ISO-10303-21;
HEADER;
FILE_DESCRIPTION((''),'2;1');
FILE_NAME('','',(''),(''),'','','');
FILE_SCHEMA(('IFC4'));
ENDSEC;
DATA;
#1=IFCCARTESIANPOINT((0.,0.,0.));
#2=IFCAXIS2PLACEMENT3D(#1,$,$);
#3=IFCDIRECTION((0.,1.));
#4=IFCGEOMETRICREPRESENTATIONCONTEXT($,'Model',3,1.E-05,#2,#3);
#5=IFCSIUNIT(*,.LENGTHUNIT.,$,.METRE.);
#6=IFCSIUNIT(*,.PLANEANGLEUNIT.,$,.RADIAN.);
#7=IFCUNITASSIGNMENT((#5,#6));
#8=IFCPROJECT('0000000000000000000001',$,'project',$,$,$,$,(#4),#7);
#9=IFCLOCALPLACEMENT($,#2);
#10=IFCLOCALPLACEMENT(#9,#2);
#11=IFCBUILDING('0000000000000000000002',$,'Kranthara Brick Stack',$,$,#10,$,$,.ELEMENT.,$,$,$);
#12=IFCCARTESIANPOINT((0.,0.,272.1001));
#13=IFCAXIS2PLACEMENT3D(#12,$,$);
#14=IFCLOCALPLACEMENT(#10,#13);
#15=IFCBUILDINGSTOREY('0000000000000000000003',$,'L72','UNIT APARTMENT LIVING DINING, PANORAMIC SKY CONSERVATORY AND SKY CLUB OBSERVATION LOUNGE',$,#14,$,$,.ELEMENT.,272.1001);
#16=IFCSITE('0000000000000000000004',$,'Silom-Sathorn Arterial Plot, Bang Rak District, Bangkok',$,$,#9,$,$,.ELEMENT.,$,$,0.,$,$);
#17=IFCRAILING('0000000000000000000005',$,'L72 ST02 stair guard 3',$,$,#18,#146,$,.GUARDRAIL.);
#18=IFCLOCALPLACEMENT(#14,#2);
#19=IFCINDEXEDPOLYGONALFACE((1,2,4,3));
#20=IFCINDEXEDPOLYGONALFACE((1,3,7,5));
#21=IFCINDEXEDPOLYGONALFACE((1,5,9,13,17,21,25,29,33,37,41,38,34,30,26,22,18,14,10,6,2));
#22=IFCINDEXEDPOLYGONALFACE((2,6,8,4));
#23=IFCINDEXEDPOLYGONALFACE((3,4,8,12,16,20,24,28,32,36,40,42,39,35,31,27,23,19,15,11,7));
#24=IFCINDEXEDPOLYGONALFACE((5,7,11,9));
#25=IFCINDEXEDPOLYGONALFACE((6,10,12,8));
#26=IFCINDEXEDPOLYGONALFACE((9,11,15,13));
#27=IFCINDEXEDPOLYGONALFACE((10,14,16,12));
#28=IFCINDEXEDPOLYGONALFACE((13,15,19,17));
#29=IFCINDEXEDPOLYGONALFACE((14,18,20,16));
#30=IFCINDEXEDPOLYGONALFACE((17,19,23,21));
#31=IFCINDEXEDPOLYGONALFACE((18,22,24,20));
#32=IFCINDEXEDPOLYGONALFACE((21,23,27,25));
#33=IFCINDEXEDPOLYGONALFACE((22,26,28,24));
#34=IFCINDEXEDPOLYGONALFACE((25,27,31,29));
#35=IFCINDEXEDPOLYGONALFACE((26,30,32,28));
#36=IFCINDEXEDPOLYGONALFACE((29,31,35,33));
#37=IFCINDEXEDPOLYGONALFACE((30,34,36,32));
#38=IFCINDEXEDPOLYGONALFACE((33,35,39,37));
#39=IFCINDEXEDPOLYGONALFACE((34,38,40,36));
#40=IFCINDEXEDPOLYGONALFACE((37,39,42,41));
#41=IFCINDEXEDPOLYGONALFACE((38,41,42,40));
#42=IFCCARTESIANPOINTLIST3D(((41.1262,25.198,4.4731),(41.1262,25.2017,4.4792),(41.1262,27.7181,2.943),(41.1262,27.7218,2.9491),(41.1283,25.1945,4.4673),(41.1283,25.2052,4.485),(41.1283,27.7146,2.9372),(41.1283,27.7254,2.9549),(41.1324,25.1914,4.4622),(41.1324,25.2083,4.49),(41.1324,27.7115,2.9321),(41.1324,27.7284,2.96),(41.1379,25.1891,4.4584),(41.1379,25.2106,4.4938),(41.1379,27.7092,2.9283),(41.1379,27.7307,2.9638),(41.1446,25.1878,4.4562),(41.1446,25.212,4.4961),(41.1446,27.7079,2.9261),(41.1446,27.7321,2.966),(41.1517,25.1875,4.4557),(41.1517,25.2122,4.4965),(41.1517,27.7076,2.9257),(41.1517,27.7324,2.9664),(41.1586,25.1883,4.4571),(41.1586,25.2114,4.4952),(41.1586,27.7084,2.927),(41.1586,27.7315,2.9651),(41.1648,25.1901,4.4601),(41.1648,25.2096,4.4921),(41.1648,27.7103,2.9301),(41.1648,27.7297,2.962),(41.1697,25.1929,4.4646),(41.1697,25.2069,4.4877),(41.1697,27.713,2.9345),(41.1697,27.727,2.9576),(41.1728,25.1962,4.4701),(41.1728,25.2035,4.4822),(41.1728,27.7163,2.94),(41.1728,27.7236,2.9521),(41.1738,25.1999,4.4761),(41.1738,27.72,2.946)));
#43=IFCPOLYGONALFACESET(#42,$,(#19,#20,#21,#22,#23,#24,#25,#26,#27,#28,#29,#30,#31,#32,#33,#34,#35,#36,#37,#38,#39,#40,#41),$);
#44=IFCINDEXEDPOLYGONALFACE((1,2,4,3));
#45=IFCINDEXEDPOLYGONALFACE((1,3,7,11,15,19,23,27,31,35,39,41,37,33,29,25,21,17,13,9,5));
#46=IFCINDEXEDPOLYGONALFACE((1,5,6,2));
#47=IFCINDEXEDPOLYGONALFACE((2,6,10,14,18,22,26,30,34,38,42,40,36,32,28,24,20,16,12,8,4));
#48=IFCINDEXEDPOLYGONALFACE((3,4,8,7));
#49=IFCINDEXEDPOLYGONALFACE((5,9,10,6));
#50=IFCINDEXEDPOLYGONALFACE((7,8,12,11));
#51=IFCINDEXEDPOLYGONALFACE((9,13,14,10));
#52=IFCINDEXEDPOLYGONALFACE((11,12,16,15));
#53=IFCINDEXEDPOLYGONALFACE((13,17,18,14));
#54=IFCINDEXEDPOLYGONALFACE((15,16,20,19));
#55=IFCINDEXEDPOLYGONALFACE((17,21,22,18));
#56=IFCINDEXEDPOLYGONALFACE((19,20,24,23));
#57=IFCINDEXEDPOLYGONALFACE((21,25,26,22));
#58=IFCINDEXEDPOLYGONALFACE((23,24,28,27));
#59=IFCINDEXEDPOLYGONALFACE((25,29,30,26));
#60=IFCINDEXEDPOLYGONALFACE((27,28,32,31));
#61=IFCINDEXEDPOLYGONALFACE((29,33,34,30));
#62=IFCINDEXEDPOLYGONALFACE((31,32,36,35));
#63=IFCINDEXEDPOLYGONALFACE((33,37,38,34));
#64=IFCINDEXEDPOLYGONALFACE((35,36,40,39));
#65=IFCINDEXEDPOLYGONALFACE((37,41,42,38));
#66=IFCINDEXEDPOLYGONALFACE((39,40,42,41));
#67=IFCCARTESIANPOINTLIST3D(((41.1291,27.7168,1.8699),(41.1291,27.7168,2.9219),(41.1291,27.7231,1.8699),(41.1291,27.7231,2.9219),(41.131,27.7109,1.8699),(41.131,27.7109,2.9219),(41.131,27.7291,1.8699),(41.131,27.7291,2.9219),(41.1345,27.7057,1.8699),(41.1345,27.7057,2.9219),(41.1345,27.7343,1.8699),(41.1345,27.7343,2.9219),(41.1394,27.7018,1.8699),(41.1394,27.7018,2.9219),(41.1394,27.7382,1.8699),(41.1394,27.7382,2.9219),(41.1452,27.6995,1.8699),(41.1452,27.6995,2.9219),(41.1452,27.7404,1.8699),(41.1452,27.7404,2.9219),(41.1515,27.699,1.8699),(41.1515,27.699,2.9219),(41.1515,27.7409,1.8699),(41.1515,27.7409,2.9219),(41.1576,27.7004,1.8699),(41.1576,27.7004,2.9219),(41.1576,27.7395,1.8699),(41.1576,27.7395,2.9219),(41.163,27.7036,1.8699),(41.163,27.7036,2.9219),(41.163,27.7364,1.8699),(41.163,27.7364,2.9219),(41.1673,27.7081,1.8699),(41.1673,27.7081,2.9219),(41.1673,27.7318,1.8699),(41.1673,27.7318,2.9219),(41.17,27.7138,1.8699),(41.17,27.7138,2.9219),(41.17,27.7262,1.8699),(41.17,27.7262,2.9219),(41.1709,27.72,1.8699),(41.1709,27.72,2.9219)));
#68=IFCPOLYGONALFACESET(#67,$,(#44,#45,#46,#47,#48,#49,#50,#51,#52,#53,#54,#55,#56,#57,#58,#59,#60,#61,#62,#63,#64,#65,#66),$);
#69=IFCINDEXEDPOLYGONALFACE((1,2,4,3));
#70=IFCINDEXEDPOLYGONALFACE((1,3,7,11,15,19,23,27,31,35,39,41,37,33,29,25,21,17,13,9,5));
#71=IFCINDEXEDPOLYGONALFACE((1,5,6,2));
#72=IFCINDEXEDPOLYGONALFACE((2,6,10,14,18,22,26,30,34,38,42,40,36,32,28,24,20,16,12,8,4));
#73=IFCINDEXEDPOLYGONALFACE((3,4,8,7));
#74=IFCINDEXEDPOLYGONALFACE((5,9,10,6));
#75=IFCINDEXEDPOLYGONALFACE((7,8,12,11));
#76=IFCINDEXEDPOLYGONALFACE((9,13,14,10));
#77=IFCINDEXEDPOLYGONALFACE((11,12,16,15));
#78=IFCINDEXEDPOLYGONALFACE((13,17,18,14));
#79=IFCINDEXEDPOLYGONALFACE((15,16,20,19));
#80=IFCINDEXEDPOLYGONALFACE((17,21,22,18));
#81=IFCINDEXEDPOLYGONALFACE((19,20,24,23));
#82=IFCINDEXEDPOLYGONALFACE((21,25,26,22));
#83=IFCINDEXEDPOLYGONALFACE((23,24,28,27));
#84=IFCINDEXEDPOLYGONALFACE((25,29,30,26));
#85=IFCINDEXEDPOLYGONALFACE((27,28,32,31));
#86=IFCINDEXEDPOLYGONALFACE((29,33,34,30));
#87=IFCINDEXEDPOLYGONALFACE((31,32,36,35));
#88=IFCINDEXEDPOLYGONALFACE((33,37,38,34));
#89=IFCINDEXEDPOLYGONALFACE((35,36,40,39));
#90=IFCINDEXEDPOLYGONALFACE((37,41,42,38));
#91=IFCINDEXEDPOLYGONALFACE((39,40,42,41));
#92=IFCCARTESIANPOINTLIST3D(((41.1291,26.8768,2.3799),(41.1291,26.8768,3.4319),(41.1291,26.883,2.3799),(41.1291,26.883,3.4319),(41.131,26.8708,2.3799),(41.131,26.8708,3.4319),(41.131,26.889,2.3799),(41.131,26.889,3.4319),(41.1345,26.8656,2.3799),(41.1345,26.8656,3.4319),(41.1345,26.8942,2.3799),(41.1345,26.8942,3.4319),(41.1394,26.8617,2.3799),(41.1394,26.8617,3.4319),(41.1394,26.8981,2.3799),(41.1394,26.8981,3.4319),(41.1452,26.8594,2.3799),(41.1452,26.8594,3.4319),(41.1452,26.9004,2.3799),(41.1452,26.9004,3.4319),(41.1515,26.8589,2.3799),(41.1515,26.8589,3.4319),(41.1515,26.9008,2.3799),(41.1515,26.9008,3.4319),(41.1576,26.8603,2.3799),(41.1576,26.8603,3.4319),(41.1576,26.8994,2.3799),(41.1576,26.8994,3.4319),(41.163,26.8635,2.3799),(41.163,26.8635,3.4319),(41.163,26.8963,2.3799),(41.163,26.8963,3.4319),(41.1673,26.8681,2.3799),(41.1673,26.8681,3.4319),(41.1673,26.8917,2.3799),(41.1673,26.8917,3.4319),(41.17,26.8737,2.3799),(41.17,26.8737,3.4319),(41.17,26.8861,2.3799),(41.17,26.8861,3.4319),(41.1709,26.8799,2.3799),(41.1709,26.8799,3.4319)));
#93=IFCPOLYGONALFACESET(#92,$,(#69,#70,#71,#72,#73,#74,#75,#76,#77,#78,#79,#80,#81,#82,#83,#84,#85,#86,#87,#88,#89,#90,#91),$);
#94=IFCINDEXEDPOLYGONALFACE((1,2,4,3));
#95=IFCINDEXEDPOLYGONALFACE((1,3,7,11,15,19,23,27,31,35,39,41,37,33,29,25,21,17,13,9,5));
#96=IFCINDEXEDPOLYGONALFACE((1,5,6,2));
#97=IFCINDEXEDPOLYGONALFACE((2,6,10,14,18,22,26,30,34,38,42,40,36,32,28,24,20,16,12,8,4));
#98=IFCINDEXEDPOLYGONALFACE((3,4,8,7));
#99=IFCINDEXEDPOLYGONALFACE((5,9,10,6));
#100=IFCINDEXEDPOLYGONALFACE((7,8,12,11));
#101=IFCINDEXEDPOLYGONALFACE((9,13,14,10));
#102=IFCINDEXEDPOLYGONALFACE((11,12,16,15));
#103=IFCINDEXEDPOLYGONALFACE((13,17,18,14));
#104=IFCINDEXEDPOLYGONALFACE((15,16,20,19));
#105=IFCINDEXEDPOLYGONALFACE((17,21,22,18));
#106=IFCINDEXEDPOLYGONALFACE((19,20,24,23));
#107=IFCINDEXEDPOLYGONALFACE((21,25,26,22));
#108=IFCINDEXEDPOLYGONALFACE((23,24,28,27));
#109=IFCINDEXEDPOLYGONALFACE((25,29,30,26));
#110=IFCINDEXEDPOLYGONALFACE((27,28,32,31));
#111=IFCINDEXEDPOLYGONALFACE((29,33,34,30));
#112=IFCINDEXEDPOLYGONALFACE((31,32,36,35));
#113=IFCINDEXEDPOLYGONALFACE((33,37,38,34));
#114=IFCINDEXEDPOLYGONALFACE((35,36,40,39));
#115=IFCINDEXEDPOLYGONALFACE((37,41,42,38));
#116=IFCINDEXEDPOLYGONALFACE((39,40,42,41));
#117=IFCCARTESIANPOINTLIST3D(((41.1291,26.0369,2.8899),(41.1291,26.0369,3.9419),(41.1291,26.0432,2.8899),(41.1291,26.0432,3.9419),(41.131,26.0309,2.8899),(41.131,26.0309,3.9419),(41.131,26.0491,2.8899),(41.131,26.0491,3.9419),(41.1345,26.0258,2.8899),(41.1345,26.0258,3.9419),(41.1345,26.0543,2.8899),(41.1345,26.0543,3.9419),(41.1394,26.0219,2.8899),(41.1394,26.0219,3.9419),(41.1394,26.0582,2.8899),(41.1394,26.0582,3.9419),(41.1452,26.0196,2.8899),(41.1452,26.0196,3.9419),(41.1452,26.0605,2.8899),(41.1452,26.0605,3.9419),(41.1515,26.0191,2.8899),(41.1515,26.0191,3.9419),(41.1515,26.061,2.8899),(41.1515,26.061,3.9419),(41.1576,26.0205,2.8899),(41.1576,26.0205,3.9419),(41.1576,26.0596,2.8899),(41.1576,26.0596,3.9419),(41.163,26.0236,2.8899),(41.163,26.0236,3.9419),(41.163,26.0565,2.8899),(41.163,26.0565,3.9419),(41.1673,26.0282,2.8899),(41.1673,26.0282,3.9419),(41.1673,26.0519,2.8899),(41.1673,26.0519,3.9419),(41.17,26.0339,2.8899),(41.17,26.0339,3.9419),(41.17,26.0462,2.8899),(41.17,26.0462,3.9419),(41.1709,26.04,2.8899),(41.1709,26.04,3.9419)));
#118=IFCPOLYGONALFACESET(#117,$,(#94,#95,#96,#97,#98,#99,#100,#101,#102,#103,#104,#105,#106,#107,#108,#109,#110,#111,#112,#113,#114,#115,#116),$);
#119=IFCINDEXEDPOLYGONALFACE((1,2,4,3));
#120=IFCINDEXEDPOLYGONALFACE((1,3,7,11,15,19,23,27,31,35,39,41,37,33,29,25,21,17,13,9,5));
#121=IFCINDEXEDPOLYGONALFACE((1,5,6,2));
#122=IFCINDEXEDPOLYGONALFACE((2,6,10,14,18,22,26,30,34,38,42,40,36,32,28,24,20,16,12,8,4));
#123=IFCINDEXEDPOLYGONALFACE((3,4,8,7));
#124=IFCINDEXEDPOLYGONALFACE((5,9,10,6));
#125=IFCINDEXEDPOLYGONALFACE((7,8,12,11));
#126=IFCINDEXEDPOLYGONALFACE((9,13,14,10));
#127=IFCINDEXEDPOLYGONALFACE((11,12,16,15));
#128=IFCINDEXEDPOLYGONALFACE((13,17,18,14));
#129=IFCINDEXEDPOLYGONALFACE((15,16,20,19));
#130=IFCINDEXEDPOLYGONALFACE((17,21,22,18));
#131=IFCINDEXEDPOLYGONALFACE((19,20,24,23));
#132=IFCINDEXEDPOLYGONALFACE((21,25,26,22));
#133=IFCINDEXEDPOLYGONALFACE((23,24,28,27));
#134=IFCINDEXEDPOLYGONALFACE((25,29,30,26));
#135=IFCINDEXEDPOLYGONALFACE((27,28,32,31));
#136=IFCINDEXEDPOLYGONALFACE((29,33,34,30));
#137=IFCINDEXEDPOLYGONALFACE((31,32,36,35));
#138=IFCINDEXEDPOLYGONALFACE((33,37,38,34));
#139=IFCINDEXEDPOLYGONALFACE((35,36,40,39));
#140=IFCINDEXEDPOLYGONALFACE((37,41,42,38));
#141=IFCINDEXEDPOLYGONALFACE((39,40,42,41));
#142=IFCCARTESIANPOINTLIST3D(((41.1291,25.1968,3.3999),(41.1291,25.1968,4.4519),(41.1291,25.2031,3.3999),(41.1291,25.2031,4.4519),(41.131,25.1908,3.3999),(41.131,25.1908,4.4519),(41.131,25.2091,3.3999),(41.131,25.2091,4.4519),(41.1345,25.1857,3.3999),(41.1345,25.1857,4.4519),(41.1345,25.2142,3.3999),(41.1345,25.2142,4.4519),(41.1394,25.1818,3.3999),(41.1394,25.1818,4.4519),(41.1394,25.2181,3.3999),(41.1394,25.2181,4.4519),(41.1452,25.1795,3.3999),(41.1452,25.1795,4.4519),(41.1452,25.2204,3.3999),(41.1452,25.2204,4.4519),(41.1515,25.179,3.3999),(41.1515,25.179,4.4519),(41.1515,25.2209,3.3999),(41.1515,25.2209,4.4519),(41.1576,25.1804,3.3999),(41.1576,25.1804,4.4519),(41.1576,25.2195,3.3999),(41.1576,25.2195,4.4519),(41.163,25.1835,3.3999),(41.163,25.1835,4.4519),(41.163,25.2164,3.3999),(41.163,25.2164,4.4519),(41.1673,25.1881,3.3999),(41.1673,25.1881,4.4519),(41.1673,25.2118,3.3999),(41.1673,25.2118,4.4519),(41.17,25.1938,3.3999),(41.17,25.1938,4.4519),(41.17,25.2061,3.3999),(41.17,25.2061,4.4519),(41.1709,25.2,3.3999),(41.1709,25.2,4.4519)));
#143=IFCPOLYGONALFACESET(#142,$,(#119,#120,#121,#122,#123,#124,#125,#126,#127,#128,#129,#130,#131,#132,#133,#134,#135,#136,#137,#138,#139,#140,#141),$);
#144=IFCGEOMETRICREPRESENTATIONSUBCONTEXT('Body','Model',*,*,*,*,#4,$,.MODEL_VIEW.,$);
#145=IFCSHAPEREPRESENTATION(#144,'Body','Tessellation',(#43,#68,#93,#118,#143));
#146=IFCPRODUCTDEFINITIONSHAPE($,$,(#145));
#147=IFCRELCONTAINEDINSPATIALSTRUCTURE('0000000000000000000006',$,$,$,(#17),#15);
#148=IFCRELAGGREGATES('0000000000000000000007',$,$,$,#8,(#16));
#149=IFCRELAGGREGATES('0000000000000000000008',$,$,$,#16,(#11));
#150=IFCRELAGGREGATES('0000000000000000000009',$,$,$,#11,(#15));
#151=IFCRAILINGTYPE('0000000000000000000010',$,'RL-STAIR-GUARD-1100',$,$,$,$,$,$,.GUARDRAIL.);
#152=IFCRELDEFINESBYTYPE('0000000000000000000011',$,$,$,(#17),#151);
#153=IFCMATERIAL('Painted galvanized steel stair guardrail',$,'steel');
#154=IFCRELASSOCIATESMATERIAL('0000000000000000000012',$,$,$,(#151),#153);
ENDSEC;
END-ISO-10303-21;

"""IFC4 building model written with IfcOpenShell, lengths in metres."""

from ifc_helpers import new_model, si_unit, direction, frame, origin, origin_2d, place, context, subcontext, project, spatial, circle, extrude, material, type_object, element, save


model = new_model("IFC4")

# Units and contexts
model_context = context("Model", 3, precision=1e-05, world=origin(), true_north=direction((0.0, 1.0)))
body_context = subcontext(model_context, "Body", "Model", "MODEL_VIEW")
ifc_project = project(units=[si_unit("LENGTHUNIT", "METRE"), si_unit("PLANEANGLEUNIT", "RADIAN")], contexts=[model_context])

# Site, building, storey
site_placement = place(None, origin())
site = spatial("IfcSite", under=ifc_project, at=site_placement, Name="Silom-Sathorn Arterial Plot, Bang Rak District, Bangkok", CompositionType="ELEMENT", RefElevation=0.0)
building_placement = place(site_placement, origin())
building = spatial("IfcBuilding", under=site, at=building_placement, Name="Kranthara Brick Stack", CompositionType="ELEMENT")
storey_placement = place(building_placement, frame((0.0, 0.0, 272.1001)))
storey = spatial("IfcBuildingStorey", under=building, at=storey_placement, Name="L72", Description="UNIT APARTMENT LIVING DINING, PANORAMIC SKY CONSERVATORY AND SKY CLUB OBSERVATION LOUNGE", CompositionType="ELEMENT", Elevation=272.1001)

# Railing
ifc_material_1 = material(Name="Painted galvanized steel stair guardrail", Category="steel")
railing_type = type_object("IfcRailingType", Name="RL-STAIR-GUARD-1100", PredefinedType="GUARDRAIL", material=ifc_material_1)
railing_1_placement = place(storey_placement, frame((41.1499, 27.72, 1.8699)))
element("IfcRailing", 1, at=railing_1_placement, inside=storey, type_object=railing_type, Name="L72 ST02 stair guard 3", PredefinedType="GUARDRAIL", context=body_context, shape_type="SweptSolid", body=[
    extrude(circle(Radius=0.0239, at=origin_2d()), frame((0.0, 0.0, 1.0762), z_axis=(0.0, -0.854785, 0.518982), x_axis=(1.0, 0.0, 0.0)), (0.0, 0.0, 1.0), 2.9482),
    extrude(circle(Radius=0.021, at=origin_2d()), origin(), (0.0, 0.0, 1.0), 1.052),
    extrude(circle(Radius=0.021, at=origin_2d()), frame((0.0, -0.8401, 0.51)), (0.0, 0.0, 1.0), 1.052),
    extrude(circle(Radius=0.021, at=origin_2d()), frame((0.0, -1.6799, 1.02)), (0.0, 0.0, 1.0), 1.052),
    extrude(circle(Radius=0.021, at=origin_2d()), frame((0.0, -2.52, 1.53)), (0.0, 0.0, 1.0), 1.052),
])

save(model, "model.ifc")
